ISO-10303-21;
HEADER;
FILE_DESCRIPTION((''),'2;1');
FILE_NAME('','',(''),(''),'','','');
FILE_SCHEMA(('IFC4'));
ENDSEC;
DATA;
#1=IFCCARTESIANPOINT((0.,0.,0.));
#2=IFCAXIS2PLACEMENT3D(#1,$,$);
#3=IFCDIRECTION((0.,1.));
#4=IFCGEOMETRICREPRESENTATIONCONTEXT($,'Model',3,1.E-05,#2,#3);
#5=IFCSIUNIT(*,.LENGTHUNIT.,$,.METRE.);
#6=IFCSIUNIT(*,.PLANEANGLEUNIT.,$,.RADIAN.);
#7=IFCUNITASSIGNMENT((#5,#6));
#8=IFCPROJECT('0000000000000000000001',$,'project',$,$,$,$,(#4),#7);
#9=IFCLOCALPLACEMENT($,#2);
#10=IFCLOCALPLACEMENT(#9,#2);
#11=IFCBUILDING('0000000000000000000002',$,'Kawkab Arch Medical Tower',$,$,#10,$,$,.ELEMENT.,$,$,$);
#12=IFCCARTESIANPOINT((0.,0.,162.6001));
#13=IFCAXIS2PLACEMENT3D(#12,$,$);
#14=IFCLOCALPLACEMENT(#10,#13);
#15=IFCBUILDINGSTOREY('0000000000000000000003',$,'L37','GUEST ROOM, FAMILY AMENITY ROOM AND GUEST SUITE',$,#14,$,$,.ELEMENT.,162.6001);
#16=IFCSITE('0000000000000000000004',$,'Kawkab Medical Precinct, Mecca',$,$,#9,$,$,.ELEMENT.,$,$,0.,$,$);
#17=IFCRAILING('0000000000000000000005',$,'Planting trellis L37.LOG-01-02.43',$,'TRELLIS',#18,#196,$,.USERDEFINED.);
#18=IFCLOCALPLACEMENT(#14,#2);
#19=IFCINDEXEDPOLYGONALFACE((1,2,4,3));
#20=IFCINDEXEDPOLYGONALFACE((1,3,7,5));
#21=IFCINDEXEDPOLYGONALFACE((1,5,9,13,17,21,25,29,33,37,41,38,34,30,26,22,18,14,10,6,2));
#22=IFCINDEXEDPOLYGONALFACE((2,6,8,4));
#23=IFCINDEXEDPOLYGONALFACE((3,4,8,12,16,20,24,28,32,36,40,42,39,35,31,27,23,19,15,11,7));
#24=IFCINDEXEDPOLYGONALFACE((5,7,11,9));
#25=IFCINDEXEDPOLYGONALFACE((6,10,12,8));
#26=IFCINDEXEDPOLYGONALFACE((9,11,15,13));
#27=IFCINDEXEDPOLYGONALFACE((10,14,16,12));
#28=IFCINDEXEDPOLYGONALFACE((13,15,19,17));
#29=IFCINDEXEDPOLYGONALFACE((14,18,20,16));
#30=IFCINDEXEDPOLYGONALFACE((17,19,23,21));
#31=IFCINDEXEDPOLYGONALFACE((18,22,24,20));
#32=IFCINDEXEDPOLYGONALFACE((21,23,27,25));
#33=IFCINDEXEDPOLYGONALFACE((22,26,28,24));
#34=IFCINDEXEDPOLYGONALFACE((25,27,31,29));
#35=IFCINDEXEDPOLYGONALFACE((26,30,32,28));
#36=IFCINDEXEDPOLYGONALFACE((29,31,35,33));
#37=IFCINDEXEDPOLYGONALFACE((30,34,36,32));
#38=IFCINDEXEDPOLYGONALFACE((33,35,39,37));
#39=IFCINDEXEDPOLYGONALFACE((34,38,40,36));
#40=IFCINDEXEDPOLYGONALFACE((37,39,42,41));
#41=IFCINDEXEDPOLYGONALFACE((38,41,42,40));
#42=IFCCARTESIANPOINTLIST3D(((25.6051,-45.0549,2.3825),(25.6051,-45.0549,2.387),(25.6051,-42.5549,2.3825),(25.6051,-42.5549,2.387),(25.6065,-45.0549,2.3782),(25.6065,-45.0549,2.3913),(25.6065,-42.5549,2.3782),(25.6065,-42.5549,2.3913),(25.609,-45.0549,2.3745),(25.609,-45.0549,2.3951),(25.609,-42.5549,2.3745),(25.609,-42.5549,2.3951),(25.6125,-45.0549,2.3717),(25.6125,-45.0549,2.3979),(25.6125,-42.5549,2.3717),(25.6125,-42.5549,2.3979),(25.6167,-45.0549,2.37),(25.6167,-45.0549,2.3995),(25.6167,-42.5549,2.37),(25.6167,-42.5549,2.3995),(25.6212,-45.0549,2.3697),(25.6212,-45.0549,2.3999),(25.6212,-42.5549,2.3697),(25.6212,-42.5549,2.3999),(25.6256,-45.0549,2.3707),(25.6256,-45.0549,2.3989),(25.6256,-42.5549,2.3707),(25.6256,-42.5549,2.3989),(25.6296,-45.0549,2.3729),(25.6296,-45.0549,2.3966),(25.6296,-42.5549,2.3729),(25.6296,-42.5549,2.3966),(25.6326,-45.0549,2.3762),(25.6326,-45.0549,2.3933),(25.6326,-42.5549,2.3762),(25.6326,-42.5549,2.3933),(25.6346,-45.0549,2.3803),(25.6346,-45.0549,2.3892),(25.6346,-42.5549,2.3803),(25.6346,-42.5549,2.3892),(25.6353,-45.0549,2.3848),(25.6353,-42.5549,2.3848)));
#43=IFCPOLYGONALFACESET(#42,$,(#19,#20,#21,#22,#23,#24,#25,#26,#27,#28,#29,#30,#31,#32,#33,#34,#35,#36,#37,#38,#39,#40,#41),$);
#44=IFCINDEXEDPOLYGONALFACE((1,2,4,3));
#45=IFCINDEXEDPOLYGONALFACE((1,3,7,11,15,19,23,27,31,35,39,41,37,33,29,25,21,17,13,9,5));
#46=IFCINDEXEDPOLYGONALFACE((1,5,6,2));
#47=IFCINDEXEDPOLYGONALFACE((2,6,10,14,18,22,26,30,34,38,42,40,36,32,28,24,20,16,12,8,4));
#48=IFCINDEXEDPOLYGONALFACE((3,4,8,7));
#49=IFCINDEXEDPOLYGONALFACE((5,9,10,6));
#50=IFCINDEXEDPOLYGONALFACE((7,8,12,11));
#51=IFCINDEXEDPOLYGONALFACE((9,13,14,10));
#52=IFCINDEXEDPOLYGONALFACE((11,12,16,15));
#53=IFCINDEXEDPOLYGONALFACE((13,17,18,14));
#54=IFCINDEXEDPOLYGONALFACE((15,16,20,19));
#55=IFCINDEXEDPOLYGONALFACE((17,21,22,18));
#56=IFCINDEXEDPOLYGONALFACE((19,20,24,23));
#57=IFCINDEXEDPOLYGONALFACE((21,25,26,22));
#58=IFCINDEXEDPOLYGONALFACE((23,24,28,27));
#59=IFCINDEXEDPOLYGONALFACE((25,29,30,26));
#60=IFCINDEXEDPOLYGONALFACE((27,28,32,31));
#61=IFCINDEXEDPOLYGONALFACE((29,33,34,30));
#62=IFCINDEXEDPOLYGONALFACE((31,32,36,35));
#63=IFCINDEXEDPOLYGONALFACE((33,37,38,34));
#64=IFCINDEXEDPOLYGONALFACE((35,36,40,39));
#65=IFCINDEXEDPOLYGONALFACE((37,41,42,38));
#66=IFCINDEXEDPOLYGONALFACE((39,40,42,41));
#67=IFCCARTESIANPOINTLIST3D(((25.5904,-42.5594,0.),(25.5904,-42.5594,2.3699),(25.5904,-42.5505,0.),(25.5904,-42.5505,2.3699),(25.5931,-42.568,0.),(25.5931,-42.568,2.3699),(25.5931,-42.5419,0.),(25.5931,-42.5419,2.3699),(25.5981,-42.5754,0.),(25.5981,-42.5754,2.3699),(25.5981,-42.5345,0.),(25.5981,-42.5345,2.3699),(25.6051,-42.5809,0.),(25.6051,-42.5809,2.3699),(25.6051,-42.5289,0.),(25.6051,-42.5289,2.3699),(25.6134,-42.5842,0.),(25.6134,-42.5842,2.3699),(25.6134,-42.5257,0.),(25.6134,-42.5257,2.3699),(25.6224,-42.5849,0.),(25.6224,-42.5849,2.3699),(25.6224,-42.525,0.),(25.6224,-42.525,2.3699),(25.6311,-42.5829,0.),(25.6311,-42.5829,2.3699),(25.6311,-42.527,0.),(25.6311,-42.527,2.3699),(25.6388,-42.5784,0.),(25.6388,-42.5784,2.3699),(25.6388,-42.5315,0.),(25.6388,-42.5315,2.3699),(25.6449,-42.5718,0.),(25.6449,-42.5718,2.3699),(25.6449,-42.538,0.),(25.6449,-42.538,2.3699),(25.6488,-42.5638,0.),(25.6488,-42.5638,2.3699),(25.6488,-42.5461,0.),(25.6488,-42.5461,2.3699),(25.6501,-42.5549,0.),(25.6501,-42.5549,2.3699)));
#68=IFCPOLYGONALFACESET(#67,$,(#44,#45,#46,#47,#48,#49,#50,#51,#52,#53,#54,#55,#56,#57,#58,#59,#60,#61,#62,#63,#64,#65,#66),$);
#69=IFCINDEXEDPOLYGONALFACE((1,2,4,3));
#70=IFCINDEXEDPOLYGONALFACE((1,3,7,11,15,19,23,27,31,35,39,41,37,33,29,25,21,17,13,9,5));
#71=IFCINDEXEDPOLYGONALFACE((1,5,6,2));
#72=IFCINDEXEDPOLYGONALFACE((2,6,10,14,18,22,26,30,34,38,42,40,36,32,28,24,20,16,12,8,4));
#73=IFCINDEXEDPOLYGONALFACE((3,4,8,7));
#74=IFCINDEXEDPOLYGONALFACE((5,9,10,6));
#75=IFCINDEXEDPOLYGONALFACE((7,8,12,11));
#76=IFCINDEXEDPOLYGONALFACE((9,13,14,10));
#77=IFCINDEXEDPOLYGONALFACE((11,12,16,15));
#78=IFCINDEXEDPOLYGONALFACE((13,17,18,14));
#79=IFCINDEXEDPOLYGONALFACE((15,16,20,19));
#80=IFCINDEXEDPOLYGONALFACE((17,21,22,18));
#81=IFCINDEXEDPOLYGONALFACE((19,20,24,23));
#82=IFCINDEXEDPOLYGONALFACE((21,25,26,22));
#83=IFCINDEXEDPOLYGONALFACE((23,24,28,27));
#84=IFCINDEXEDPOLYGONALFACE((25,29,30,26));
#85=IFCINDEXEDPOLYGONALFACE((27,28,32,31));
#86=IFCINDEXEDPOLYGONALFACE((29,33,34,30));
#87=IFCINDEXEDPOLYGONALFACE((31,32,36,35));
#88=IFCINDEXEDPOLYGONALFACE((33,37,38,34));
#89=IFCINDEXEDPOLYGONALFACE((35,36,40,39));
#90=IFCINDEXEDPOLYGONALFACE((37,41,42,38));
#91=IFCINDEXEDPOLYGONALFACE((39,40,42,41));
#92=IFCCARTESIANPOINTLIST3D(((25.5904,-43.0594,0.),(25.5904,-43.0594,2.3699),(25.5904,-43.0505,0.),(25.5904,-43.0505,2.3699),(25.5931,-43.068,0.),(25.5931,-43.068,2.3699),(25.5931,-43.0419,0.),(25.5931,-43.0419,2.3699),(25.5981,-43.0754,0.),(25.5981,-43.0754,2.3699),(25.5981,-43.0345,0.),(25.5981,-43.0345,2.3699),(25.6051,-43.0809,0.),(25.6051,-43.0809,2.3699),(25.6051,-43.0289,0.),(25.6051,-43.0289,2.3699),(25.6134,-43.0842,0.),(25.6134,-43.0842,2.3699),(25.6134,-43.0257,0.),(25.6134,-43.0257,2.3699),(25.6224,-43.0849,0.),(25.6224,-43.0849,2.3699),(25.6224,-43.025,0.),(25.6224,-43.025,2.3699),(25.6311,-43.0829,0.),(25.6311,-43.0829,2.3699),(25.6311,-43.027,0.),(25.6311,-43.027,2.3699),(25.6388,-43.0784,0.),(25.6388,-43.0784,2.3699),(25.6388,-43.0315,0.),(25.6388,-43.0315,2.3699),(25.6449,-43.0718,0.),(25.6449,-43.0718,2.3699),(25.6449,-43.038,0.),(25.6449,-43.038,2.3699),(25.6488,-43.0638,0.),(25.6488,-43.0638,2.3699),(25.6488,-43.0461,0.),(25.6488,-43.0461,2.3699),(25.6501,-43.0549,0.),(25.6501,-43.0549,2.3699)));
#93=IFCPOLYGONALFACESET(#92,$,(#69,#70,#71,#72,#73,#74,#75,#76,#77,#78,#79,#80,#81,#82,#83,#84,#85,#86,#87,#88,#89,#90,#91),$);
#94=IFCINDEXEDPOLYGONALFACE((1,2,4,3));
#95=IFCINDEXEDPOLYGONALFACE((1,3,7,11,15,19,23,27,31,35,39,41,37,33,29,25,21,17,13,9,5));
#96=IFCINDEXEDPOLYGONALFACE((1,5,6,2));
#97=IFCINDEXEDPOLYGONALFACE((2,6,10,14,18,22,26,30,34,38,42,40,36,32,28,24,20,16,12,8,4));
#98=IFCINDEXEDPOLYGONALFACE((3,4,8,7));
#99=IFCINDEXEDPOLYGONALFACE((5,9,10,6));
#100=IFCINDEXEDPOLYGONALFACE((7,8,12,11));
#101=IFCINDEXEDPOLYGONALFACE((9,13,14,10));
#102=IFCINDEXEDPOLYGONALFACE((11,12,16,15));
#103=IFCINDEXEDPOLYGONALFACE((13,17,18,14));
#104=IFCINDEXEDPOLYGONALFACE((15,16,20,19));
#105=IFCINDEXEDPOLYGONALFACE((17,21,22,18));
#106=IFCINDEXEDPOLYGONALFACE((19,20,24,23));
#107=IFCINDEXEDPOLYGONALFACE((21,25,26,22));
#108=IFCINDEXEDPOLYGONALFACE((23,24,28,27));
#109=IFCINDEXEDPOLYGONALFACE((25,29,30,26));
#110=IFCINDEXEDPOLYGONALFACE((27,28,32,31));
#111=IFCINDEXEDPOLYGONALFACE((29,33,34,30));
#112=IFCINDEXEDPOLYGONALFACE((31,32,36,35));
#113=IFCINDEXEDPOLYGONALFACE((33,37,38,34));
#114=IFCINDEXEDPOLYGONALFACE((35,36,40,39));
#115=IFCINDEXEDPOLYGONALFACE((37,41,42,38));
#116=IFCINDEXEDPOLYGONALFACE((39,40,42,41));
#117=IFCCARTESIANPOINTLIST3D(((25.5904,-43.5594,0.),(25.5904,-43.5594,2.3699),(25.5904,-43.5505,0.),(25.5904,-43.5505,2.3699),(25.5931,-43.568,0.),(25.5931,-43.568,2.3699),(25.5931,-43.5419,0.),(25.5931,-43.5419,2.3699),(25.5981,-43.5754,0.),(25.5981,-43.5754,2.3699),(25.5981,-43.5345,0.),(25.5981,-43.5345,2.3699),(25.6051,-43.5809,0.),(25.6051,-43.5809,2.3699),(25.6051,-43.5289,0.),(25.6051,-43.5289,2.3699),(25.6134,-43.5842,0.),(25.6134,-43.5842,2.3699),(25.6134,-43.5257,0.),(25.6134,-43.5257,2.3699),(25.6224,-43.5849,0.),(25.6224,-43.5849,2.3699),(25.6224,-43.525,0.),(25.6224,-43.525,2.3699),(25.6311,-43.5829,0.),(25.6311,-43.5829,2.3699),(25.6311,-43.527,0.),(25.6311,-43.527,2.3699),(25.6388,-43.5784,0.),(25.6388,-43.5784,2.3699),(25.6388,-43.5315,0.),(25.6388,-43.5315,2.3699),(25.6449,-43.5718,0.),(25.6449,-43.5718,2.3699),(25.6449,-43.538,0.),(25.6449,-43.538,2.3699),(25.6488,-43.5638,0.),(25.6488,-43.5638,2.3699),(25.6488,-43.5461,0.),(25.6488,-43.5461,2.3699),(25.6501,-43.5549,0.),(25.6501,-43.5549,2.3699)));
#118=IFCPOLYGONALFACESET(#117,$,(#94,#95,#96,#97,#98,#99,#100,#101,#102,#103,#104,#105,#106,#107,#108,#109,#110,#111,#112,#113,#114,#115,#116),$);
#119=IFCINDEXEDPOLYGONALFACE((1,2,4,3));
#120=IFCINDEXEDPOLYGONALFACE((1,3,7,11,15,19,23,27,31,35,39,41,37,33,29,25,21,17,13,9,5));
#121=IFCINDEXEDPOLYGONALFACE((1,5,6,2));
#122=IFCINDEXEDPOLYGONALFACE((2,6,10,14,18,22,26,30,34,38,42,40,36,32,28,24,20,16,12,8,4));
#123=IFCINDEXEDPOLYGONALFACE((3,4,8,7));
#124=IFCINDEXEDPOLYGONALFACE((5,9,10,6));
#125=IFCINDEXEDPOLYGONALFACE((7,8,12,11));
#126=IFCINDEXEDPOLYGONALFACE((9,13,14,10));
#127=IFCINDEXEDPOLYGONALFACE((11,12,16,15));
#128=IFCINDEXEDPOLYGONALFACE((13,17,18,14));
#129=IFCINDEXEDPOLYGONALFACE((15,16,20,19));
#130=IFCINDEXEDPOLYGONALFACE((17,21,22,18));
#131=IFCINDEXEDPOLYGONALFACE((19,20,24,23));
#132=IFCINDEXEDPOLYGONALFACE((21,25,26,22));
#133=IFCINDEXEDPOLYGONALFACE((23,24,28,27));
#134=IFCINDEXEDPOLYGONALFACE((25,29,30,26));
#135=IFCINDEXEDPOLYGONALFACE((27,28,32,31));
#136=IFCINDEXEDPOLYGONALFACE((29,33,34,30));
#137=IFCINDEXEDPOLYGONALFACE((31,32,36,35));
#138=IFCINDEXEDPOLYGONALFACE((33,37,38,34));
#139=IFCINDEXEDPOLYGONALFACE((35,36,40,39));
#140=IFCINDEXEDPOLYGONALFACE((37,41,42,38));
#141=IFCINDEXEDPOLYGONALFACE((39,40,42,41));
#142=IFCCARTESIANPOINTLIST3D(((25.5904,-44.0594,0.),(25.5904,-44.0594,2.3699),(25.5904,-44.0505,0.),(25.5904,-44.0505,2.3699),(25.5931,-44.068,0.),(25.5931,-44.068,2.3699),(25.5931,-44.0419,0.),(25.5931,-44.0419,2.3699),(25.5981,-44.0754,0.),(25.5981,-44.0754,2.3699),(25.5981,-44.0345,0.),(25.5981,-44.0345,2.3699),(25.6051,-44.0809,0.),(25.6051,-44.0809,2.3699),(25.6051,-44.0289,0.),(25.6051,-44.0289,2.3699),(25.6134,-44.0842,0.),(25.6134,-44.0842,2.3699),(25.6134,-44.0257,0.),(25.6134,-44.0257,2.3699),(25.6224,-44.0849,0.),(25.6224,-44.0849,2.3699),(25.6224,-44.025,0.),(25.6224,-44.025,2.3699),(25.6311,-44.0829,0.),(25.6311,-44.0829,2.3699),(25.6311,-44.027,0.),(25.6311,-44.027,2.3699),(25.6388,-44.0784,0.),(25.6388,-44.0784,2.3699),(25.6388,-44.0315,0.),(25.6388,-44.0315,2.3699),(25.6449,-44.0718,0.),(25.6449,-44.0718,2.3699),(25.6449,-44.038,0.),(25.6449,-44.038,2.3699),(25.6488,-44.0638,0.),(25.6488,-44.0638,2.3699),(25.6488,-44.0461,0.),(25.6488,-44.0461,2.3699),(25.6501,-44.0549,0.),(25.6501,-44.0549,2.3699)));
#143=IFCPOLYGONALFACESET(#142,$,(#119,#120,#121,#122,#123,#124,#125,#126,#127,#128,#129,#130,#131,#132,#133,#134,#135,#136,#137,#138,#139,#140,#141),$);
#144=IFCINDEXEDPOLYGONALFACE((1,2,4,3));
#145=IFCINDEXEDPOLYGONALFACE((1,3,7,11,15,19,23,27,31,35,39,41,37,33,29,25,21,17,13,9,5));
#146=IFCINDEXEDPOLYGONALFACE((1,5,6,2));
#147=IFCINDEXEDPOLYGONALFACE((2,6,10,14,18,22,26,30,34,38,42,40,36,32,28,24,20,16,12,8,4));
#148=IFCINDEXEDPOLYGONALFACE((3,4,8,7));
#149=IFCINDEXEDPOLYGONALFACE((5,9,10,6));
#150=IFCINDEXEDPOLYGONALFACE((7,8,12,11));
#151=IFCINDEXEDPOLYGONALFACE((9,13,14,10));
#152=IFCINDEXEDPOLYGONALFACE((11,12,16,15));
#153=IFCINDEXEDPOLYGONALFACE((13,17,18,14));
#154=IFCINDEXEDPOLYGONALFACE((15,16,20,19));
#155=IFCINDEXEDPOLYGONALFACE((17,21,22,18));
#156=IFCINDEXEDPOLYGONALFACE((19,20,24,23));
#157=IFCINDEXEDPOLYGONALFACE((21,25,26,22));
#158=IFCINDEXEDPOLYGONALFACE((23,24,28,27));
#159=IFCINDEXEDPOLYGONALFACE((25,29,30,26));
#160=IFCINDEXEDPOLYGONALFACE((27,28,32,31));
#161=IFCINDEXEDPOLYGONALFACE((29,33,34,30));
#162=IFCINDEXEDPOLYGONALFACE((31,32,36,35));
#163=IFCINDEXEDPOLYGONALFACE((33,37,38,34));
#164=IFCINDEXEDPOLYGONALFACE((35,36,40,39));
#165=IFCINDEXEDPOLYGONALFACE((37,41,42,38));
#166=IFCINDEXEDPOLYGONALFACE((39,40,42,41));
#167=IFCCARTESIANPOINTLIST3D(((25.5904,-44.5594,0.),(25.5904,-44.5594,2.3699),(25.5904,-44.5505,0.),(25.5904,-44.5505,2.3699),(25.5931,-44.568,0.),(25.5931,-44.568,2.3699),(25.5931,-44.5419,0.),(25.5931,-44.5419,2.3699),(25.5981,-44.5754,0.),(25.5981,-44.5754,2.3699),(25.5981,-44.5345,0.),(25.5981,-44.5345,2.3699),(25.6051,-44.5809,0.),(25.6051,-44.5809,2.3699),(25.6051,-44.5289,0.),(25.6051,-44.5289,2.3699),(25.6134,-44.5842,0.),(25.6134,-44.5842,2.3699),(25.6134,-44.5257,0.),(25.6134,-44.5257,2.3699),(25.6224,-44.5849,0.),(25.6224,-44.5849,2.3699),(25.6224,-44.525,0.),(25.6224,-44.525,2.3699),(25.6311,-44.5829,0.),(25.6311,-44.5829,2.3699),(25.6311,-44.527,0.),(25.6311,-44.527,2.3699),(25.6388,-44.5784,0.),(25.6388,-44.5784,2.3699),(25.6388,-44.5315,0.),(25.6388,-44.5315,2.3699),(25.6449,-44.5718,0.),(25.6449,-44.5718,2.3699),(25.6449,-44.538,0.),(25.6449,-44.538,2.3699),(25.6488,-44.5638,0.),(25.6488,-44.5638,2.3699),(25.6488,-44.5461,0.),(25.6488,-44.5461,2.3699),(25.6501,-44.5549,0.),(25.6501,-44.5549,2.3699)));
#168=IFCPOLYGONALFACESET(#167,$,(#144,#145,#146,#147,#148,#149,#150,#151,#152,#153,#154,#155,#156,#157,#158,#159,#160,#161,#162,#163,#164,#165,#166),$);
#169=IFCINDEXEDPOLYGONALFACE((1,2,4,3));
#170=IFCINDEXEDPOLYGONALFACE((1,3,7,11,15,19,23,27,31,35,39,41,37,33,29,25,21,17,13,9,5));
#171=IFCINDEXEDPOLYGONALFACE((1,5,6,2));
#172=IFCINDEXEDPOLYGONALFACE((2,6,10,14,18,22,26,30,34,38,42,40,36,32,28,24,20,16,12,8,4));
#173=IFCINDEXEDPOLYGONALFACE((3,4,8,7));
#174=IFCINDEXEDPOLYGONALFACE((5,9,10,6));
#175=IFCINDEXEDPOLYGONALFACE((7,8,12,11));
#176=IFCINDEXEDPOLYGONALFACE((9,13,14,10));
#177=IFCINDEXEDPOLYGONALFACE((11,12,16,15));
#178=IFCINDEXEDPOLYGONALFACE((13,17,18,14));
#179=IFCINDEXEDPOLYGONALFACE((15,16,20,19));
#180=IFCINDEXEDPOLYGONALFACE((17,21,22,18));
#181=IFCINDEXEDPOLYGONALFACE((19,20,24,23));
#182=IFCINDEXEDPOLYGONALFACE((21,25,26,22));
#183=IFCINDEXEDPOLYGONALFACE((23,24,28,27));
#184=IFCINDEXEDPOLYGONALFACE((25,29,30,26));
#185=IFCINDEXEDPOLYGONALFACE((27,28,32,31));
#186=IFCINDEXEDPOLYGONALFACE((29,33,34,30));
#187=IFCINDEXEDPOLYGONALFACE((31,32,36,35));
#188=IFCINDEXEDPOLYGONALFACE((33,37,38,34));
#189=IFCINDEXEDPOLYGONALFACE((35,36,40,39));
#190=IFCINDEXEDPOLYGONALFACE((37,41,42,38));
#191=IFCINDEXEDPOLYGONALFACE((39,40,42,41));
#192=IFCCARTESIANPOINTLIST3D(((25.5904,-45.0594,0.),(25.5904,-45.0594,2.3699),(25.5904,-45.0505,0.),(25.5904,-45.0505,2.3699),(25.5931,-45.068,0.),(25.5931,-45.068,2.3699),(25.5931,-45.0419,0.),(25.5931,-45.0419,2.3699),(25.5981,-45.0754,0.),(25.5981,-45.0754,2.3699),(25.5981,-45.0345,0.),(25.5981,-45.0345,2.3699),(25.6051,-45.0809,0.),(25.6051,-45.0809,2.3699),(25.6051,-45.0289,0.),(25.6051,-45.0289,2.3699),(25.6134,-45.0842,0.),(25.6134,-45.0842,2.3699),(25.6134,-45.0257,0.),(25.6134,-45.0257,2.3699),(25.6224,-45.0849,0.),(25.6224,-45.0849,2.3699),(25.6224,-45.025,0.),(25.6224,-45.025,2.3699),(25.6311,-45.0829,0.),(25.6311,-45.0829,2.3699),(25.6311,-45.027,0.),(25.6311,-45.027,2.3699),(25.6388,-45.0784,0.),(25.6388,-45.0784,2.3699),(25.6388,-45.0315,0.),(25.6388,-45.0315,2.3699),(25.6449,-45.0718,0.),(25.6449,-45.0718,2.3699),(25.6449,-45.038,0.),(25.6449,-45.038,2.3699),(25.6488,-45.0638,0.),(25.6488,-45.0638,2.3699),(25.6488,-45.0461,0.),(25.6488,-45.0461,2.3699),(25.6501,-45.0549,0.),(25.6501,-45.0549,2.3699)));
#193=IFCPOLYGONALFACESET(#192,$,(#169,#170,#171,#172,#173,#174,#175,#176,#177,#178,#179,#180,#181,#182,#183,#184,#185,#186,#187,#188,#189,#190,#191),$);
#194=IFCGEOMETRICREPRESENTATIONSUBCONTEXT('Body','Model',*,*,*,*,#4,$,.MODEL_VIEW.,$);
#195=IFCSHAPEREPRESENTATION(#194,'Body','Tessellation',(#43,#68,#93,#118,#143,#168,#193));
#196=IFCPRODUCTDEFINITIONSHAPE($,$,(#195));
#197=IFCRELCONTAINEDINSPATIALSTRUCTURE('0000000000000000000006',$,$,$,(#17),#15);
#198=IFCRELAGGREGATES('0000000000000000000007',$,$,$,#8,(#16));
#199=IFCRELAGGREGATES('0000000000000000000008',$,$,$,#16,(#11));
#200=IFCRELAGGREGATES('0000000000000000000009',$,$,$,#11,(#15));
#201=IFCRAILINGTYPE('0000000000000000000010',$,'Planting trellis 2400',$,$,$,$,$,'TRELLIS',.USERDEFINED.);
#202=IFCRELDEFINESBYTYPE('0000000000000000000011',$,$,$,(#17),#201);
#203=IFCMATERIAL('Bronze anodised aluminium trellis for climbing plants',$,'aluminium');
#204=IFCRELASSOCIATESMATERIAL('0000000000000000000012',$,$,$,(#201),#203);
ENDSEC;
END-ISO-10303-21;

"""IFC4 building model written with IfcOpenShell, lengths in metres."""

from ifc_helpers import new_model, si_unit, direction, frame, origin, origin_2d, place, context, subcontext, project, spatial, circle, extrude, material, type_object, element, save


model = new_model("IFC4")

# Units and contexts
model_context = context("Model", 3, precision=1e-05, world=origin(), true_north=direction((0.0, 1.0)))
body_context = subcontext(model_context, "Body", "Model", "MODEL_VIEW")
ifc_project = project(units=[si_unit("LENGTHUNIT", "METRE"), si_unit("PLANEANGLEUNIT", "RADIAN")], contexts=[model_context])

# Site, building, storey
site_placement = place(None, origin())
site = spatial("IfcSite", under=ifc_project, at=site_placement, Name="Kawkab Medical Precinct, Mecca", CompositionType="ELEMENT", RefElevation=0.0)
building_placement = place(site_placement, origin())
building = spatial("IfcBuilding", under=site, at=building_placement, Name="Kawkab Arch Medical Tower", CompositionType="ELEMENT")
storey_placement = place(building_placement, frame((0.0, 0.0, 162.6001)))
storey = spatial("IfcBuildingStorey", under=building, at=storey_placement, Name="L37", Description="GUEST ROOM, FAMILY AMENITY ROOM AND GUEST SUITE", CompositionType="ELEMENT", Elevation=162.6001)

# Railing
ifc_material_1 = material(Name="Bronze anodised aluminium trellis for climbing plants", Category="aluminium")
railing_type = type_object("IfcRailingType", Name="Planting trellis 2400", ElementType="TRELLIS", PredefinedType="USERDEFINED", material=ifc_material_1)
railing_1_placement = place(storey_placement, frame((25.6201, -42.5549, 0.0)))
element("IfcRailing", 1, at=railing_1_placement, inside=storey, type_object=railing_type, Name="Planting trellis L37.LOG-01-02.43", ObjectType="TRELLIS", PredefinedType="USERDEFINED", context=body_context, shape_type="SweptSolid", body=[
    extrude(circle(Radius=0.0151, at=origin_2d()), frame((0.0, 0.0, 2.3848), z_axis=(0.0, -1.0, 0.0), x_axis=(1.0, 0.0, 0.0)), (0.0, 0.0, 1.0), 2.5),
    extrude(circle(Radius=0.03, at=origin_2d()), origin(), (0.0, 0.0, 1.0), 2.3699),
    extrude(circle(Radius=0.03, at=origin_2d()), frame((0.0, -0.5, 0.0)), (0.0, 0.0, 1.0), 2.3699),
    extrude(circle(Radius=0.03, at=origin_2d()), frame((0.0, -1.0, 0.0)), (0.0, 0.0, 1.0), 2.3699),
    extrude(circle(Radius=0.03, at=origin_2d()), frame((0.0, -1.5, 0.0)), (0.0, 0.0, 1.0), 2.3699),
    extrude(circle(Radius=0.03, at=origin_2d()), frame((0.0, -2.0, 0.0)), (0.0, 0.0, 1.0), 2.3699),
    extrude(circle(Radius=0.03, at=origin_2d()), frame((0.0, -2.5, 0.0)), (0.0, 0.0, 1.0), 2.3699),
])

save(model, "model.ifc")
